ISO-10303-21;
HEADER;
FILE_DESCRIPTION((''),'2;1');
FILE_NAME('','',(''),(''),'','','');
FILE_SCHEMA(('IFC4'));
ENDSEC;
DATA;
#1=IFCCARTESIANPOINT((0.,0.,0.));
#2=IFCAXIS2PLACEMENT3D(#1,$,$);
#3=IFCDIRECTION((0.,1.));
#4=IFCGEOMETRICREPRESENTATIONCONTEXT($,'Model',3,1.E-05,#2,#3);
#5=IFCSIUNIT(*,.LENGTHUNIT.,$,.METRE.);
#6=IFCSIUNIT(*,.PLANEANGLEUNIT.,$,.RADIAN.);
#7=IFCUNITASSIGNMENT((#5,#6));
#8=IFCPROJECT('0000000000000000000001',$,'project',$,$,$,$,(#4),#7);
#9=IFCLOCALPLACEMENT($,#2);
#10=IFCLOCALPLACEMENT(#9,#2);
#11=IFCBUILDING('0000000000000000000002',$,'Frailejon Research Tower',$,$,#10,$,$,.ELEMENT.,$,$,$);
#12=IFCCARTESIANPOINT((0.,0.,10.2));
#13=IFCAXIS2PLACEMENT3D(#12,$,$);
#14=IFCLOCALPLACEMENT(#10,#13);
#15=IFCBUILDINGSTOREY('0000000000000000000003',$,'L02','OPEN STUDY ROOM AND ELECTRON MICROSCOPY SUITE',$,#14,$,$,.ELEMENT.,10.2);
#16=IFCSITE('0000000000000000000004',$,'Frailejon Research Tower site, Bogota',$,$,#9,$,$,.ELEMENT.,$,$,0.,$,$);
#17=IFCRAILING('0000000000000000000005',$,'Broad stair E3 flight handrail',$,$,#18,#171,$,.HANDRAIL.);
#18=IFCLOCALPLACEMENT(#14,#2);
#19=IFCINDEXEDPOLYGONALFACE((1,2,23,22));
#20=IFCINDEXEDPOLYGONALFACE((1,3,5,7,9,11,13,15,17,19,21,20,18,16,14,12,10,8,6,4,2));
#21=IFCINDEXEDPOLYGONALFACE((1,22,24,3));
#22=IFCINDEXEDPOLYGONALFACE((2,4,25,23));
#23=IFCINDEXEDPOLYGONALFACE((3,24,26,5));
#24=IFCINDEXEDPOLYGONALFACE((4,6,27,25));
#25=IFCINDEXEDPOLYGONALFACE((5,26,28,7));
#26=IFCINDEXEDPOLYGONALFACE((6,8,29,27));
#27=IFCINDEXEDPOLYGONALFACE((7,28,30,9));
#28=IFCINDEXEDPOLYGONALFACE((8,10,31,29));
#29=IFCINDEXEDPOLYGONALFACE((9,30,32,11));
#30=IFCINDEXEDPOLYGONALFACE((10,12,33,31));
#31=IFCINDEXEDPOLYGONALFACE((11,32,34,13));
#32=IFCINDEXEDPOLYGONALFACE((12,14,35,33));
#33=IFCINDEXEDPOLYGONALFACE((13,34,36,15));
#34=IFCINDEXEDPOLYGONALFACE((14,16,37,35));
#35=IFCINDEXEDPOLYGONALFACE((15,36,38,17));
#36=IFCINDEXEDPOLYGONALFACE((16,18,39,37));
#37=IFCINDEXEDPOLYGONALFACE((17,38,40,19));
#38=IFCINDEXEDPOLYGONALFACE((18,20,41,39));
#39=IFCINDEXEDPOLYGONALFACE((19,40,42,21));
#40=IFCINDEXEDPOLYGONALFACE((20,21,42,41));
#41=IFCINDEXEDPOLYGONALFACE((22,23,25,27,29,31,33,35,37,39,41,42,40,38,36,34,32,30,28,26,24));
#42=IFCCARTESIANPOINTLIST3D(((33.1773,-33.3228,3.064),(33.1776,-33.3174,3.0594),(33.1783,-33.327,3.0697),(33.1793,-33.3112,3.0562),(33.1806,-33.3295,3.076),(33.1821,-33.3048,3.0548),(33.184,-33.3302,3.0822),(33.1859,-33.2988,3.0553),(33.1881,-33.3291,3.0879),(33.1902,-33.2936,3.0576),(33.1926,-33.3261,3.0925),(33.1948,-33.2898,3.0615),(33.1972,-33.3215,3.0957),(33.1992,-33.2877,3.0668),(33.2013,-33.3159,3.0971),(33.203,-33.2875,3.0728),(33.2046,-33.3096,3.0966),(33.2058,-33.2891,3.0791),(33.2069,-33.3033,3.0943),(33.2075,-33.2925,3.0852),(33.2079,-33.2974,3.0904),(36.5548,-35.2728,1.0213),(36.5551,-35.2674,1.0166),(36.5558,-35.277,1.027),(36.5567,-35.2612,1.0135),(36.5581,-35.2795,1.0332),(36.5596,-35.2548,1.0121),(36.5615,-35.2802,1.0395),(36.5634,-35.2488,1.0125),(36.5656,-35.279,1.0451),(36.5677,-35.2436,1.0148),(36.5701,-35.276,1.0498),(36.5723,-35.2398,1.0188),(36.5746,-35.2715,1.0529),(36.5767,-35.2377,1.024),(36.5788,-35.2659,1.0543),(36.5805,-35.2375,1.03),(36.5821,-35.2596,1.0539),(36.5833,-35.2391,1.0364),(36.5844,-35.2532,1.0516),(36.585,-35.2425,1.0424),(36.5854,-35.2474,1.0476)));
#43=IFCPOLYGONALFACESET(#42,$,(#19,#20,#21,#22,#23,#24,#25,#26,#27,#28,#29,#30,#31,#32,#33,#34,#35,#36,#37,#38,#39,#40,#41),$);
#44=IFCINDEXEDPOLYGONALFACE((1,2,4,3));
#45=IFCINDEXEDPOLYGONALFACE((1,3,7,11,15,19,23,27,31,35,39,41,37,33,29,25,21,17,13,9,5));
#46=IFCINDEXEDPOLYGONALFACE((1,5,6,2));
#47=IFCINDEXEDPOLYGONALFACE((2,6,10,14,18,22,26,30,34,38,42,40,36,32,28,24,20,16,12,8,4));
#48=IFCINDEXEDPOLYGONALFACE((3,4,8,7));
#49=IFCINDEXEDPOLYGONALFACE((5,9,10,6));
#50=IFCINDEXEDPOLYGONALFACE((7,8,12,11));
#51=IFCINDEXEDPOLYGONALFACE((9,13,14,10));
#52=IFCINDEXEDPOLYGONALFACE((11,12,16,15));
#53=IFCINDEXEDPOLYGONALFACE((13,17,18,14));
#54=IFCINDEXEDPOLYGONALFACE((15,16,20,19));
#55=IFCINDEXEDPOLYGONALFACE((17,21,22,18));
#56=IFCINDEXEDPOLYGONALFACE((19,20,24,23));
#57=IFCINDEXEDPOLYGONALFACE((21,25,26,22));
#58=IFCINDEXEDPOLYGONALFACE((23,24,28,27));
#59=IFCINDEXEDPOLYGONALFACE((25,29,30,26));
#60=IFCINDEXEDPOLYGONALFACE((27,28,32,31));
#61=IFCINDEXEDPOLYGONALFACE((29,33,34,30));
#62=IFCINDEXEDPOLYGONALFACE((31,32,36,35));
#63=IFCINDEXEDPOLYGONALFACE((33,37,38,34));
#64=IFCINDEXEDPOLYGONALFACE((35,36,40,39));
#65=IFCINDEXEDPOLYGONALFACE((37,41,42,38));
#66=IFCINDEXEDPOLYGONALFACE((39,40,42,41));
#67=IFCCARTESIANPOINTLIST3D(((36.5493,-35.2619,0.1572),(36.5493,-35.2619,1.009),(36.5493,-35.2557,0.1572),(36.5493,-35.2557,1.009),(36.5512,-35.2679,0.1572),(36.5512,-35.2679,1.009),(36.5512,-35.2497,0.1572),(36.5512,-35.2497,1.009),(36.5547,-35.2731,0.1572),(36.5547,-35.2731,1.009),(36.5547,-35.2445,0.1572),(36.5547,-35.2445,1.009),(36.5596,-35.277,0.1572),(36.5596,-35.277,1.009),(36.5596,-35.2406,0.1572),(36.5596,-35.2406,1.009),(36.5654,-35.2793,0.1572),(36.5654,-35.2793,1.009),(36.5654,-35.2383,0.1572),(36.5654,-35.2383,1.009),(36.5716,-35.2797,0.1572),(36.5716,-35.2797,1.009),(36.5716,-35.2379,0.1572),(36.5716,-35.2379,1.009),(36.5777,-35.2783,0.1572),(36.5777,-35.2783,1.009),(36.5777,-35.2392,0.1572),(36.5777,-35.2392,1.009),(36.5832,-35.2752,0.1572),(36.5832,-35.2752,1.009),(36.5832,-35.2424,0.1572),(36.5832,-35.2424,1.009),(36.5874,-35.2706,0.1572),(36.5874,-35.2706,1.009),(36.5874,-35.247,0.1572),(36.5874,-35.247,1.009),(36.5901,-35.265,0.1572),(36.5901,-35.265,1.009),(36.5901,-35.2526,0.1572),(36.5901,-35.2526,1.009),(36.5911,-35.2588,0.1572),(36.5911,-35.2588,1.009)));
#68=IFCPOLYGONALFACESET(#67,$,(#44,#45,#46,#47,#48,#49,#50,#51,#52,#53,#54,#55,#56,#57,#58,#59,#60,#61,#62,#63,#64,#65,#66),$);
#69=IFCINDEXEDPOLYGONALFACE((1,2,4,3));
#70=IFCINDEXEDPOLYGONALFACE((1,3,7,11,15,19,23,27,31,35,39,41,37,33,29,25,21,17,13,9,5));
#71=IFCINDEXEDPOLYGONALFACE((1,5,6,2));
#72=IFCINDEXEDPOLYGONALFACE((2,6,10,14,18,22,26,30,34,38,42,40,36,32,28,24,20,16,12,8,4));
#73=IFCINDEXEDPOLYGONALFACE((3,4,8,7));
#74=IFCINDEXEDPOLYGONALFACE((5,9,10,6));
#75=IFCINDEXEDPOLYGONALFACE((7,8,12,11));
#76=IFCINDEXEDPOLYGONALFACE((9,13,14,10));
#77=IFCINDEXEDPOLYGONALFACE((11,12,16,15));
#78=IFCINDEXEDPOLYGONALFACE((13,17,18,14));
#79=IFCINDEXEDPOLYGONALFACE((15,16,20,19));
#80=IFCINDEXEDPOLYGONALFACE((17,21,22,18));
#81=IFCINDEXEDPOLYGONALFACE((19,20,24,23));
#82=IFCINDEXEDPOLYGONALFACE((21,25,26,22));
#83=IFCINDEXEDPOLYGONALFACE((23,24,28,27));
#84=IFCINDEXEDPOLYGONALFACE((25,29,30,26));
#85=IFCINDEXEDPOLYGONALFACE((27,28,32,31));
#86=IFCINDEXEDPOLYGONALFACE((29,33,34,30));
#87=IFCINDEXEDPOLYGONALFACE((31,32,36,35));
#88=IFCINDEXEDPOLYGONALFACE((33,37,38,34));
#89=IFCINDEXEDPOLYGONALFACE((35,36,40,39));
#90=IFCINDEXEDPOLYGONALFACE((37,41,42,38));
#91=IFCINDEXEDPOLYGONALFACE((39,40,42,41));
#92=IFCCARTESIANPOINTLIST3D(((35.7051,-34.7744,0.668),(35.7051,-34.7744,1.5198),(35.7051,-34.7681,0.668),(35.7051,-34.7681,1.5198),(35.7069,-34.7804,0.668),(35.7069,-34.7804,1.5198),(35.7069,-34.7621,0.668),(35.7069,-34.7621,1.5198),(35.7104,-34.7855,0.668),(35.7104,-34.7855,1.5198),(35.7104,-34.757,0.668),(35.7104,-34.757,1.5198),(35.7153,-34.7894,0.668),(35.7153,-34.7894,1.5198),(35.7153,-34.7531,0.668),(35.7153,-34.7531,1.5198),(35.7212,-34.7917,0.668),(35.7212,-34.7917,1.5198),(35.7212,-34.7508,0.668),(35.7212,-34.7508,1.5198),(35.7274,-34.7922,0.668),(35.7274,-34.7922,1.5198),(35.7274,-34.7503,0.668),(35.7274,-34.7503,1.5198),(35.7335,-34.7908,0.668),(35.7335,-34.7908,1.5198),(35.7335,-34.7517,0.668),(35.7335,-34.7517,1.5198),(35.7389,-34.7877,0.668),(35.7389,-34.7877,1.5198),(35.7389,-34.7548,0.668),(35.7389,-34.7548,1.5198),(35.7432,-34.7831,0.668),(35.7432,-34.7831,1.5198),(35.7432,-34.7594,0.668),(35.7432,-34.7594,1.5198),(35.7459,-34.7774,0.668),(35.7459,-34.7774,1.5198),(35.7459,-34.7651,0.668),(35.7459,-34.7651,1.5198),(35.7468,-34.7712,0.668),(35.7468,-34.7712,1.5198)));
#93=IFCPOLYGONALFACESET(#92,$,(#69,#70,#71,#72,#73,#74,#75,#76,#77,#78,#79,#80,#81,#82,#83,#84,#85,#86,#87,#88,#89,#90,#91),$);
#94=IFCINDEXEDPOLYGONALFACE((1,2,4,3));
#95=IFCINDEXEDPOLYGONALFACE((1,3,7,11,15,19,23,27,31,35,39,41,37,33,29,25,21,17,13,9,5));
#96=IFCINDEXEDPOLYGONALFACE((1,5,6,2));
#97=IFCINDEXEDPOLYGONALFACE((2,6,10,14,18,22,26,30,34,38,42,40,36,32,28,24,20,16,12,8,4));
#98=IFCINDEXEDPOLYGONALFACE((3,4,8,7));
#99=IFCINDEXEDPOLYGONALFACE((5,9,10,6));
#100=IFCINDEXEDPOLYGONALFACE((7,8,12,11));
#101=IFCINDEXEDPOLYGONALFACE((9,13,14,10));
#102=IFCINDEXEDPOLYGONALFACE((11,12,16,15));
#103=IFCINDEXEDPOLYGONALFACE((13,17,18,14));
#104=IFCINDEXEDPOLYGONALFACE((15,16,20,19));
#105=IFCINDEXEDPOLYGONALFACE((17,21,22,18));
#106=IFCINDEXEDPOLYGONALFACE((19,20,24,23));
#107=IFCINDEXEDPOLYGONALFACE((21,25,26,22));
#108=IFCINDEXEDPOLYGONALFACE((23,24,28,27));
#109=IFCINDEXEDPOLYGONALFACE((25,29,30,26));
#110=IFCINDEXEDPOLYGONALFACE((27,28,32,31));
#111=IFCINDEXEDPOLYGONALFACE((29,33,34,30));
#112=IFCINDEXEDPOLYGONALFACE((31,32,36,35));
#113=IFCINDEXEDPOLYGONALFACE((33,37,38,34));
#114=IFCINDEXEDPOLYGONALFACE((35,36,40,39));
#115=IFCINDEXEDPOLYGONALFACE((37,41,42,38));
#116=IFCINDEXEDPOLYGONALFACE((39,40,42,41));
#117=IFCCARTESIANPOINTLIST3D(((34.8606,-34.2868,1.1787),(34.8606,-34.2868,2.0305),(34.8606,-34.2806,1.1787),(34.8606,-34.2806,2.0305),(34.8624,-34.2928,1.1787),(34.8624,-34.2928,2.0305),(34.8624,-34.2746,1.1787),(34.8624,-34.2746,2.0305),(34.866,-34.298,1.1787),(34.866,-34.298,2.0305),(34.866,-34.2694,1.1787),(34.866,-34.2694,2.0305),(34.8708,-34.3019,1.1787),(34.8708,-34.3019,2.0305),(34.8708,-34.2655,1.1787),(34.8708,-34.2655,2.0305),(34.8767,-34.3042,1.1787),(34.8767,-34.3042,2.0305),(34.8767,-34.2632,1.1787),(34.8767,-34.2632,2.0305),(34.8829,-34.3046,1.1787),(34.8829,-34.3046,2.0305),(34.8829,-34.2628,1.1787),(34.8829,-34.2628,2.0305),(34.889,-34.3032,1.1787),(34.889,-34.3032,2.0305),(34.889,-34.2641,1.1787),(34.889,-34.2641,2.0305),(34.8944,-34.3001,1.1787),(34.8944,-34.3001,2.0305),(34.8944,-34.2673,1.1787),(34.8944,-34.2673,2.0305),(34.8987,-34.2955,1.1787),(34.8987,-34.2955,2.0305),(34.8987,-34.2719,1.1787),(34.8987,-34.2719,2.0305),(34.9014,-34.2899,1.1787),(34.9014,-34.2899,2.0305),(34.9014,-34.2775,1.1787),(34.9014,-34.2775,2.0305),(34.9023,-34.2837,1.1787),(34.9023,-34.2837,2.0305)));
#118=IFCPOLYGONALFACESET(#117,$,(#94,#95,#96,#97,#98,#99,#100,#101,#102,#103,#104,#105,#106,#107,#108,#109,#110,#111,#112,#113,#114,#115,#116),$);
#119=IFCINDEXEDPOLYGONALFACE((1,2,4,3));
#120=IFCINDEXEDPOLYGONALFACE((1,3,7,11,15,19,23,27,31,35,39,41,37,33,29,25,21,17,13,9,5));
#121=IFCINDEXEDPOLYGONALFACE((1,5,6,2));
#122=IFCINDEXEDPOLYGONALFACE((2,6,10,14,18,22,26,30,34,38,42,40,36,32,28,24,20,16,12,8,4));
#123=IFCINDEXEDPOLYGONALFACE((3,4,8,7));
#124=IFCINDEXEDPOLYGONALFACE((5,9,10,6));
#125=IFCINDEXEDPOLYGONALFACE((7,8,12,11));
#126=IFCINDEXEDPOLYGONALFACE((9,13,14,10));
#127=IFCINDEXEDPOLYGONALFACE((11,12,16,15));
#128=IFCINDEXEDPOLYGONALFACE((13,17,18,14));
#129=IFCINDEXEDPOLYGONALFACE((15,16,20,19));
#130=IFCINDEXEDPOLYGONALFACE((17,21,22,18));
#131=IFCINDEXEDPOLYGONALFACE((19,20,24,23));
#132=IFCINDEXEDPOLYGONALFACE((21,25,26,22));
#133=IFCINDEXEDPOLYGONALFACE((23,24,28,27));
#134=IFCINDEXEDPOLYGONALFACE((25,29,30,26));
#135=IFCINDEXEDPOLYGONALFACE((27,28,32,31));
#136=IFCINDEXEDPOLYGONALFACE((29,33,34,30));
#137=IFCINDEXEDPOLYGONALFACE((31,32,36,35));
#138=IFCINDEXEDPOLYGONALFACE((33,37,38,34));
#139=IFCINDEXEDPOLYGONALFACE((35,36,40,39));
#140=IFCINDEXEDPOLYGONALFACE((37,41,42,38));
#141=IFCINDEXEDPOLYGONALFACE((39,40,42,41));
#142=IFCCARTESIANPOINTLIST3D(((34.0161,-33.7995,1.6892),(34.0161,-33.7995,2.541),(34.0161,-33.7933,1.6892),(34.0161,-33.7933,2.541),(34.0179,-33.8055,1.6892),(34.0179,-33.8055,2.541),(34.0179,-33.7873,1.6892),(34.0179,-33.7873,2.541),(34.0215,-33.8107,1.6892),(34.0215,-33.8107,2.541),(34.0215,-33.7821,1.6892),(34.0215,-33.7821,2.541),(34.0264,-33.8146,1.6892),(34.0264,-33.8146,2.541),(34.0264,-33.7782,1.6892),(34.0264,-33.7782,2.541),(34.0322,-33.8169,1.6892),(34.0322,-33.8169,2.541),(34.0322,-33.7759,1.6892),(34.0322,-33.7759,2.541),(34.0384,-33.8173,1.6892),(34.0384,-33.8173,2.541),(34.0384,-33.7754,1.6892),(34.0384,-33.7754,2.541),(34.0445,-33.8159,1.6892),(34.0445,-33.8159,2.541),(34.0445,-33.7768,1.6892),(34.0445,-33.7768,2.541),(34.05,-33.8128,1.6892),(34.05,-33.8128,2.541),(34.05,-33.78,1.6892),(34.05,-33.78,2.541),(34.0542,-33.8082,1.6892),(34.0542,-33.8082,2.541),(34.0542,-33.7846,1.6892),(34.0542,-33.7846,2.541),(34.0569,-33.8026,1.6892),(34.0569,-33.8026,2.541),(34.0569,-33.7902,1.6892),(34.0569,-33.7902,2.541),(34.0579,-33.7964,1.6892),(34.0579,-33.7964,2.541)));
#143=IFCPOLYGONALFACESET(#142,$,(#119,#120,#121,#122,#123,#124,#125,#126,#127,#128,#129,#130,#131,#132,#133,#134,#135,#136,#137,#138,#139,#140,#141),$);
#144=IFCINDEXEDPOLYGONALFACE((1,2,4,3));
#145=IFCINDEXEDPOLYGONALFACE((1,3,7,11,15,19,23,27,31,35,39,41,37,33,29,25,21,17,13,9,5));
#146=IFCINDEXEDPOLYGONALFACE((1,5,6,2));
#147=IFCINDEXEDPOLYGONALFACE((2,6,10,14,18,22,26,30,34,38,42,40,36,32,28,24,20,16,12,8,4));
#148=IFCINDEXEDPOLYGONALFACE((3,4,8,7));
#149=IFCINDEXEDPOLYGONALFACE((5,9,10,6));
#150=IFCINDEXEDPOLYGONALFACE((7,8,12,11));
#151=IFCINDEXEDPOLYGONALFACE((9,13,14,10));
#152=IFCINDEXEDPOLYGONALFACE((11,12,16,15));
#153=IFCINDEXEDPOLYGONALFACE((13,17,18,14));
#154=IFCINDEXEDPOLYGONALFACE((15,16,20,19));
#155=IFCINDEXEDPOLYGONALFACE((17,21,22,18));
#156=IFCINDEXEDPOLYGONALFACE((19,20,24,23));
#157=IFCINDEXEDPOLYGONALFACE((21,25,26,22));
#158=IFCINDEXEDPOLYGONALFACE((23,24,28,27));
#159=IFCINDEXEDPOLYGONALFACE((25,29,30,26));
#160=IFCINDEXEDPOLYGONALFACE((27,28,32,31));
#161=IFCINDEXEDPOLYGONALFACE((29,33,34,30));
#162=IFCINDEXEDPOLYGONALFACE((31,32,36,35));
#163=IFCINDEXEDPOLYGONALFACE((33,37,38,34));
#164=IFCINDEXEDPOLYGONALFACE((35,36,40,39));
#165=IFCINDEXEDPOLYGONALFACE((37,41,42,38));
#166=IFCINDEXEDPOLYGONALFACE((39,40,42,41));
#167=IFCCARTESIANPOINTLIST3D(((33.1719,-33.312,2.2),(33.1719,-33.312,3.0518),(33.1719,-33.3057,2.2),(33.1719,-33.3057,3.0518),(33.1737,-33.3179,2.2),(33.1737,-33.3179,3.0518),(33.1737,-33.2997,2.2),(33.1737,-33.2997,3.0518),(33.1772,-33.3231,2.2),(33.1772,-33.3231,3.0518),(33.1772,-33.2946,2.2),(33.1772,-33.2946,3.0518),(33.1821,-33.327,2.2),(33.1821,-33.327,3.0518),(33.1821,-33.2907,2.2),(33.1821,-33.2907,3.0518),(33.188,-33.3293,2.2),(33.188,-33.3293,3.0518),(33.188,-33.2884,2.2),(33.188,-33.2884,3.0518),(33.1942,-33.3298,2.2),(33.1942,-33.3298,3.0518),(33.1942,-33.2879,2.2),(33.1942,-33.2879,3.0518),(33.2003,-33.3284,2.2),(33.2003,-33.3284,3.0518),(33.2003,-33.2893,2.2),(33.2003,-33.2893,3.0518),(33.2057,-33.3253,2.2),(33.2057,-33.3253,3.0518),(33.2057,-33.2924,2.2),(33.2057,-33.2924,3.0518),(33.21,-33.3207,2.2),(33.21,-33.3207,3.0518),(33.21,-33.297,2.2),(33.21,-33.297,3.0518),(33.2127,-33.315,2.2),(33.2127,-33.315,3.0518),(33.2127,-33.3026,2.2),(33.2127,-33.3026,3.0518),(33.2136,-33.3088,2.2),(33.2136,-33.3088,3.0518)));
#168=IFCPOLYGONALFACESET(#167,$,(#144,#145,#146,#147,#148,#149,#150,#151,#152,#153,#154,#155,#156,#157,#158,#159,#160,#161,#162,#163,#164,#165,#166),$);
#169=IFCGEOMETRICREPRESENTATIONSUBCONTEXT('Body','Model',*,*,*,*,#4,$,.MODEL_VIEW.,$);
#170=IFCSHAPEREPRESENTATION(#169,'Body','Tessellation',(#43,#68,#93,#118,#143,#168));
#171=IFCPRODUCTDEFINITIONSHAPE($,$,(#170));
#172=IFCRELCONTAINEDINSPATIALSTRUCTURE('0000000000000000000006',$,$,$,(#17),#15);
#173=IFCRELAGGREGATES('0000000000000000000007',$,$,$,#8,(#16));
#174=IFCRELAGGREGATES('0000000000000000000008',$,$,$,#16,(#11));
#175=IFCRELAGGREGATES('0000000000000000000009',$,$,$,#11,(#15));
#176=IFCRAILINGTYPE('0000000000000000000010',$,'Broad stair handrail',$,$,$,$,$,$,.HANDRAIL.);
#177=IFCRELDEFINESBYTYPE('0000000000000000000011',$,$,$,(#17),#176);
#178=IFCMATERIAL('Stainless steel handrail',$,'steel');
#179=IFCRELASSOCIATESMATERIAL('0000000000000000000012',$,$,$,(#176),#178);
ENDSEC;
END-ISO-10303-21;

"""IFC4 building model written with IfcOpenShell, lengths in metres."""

from ifc_helpers import new_model, si_unit, direction, frame, origin, origin_2d, place, context, subcontext, project, spatial, circle, extrude, material, type_object, element, save


model = new_model("IFC4")

# Units and contexts
model_context = context("Model", 3, precision=1e-05, world=origin(), true_north=direction((0.0, 1.0)))
body_context = subcontext(model_context, "Body", "Model", "MODEL_VIEW")
ifc_project = project(units=[si_unit("LENGTHUNIT", "METRE"), si_unit("PLANEANGLEUNIT", "RADIAN")], contexts=[model_context])

# Site, building, storey
site_placement = place(None, origin())
site = spatial("IfcSite", under=ifc_project, at=site_placement, Name="Frailejon Research Tower site, Bogota", CompositionType="ELEMENT", RefElevation=0.0)
building_placement = place(site_placement, origin())
building = spatial("IfcBuilding", under=site, at=building_placement, Name="Frailejon Research Tower", CompositionType="ELEMENT")
storey_placement = place(building_placement, frame((0.0, 0.0, 10.2)))
storey = spatial("IfcBuildingStorey", under=building, at=storey_placement, Name="L02", Description="OPEN STUDY ROOM AND ELECTRON MICROSCOPY SUITE", CompositionType="ELEMENT", Elevation=10.2)

# Railing
ifc_material_1 = material(Name="Stainless steel handrail", Category="steel")
railing_type_1 = type_object("IfcRailingType", Name="Broad stair handrail", PredefinedType="HANDRAIL", material=ifc_material_1)
railing_1_placement = place(storey_placement, frame((36.5701, -35.2588, 0.1572)))
element("IfcRailing", 1, at=railing_1_placement, inside=storey, type_object=railing_type_1, Name="Broad stair E3 flight handrail", PredefinedType="HANDRAIL", context=body_context, shape_type="SweptSolid", body=[
    extrude(circle(Radius=0.0239, at=origin_2d()), frame((0.0, 0.0, 0.876), z_axis=(-0.767162, 0.442917, 0.46399), x_axis=(-0.499997, -0.866027, 0.0)), (0.0, 0.0, 1.0), 4.4026),
    extrude(circle(Radius=0.021, at=origin_2d()), origin(), (0.0, 0.0, 1.0), 0.8518),
    extrude(circle(Radius=0.021, at=origin_2d()), frame((-0.8442, 0.4875, 0.5107)), (0.0, 0.0, 1.0), 0.8518),
    extrude(circle(Radius=0.021, at=origin_2d()), frame((-1.6887, 0.9751, 1.0215)), (0.0, 0.0, 1.0), 0.8518),
    extrude(circle(Radius=0.021, at=origin_2d()), frame((-2.5332, 1.4624, 1.532)), (0.0, 0.0, 1.0), 0.8518),
    extrude(circle(Radius=0.021, at=origin_2d()), frame((-3.3774, 1.95, 2.0427)), (0.0, 0.0, 1.0), 0.8518),
])

save(model, "model.ifc")
